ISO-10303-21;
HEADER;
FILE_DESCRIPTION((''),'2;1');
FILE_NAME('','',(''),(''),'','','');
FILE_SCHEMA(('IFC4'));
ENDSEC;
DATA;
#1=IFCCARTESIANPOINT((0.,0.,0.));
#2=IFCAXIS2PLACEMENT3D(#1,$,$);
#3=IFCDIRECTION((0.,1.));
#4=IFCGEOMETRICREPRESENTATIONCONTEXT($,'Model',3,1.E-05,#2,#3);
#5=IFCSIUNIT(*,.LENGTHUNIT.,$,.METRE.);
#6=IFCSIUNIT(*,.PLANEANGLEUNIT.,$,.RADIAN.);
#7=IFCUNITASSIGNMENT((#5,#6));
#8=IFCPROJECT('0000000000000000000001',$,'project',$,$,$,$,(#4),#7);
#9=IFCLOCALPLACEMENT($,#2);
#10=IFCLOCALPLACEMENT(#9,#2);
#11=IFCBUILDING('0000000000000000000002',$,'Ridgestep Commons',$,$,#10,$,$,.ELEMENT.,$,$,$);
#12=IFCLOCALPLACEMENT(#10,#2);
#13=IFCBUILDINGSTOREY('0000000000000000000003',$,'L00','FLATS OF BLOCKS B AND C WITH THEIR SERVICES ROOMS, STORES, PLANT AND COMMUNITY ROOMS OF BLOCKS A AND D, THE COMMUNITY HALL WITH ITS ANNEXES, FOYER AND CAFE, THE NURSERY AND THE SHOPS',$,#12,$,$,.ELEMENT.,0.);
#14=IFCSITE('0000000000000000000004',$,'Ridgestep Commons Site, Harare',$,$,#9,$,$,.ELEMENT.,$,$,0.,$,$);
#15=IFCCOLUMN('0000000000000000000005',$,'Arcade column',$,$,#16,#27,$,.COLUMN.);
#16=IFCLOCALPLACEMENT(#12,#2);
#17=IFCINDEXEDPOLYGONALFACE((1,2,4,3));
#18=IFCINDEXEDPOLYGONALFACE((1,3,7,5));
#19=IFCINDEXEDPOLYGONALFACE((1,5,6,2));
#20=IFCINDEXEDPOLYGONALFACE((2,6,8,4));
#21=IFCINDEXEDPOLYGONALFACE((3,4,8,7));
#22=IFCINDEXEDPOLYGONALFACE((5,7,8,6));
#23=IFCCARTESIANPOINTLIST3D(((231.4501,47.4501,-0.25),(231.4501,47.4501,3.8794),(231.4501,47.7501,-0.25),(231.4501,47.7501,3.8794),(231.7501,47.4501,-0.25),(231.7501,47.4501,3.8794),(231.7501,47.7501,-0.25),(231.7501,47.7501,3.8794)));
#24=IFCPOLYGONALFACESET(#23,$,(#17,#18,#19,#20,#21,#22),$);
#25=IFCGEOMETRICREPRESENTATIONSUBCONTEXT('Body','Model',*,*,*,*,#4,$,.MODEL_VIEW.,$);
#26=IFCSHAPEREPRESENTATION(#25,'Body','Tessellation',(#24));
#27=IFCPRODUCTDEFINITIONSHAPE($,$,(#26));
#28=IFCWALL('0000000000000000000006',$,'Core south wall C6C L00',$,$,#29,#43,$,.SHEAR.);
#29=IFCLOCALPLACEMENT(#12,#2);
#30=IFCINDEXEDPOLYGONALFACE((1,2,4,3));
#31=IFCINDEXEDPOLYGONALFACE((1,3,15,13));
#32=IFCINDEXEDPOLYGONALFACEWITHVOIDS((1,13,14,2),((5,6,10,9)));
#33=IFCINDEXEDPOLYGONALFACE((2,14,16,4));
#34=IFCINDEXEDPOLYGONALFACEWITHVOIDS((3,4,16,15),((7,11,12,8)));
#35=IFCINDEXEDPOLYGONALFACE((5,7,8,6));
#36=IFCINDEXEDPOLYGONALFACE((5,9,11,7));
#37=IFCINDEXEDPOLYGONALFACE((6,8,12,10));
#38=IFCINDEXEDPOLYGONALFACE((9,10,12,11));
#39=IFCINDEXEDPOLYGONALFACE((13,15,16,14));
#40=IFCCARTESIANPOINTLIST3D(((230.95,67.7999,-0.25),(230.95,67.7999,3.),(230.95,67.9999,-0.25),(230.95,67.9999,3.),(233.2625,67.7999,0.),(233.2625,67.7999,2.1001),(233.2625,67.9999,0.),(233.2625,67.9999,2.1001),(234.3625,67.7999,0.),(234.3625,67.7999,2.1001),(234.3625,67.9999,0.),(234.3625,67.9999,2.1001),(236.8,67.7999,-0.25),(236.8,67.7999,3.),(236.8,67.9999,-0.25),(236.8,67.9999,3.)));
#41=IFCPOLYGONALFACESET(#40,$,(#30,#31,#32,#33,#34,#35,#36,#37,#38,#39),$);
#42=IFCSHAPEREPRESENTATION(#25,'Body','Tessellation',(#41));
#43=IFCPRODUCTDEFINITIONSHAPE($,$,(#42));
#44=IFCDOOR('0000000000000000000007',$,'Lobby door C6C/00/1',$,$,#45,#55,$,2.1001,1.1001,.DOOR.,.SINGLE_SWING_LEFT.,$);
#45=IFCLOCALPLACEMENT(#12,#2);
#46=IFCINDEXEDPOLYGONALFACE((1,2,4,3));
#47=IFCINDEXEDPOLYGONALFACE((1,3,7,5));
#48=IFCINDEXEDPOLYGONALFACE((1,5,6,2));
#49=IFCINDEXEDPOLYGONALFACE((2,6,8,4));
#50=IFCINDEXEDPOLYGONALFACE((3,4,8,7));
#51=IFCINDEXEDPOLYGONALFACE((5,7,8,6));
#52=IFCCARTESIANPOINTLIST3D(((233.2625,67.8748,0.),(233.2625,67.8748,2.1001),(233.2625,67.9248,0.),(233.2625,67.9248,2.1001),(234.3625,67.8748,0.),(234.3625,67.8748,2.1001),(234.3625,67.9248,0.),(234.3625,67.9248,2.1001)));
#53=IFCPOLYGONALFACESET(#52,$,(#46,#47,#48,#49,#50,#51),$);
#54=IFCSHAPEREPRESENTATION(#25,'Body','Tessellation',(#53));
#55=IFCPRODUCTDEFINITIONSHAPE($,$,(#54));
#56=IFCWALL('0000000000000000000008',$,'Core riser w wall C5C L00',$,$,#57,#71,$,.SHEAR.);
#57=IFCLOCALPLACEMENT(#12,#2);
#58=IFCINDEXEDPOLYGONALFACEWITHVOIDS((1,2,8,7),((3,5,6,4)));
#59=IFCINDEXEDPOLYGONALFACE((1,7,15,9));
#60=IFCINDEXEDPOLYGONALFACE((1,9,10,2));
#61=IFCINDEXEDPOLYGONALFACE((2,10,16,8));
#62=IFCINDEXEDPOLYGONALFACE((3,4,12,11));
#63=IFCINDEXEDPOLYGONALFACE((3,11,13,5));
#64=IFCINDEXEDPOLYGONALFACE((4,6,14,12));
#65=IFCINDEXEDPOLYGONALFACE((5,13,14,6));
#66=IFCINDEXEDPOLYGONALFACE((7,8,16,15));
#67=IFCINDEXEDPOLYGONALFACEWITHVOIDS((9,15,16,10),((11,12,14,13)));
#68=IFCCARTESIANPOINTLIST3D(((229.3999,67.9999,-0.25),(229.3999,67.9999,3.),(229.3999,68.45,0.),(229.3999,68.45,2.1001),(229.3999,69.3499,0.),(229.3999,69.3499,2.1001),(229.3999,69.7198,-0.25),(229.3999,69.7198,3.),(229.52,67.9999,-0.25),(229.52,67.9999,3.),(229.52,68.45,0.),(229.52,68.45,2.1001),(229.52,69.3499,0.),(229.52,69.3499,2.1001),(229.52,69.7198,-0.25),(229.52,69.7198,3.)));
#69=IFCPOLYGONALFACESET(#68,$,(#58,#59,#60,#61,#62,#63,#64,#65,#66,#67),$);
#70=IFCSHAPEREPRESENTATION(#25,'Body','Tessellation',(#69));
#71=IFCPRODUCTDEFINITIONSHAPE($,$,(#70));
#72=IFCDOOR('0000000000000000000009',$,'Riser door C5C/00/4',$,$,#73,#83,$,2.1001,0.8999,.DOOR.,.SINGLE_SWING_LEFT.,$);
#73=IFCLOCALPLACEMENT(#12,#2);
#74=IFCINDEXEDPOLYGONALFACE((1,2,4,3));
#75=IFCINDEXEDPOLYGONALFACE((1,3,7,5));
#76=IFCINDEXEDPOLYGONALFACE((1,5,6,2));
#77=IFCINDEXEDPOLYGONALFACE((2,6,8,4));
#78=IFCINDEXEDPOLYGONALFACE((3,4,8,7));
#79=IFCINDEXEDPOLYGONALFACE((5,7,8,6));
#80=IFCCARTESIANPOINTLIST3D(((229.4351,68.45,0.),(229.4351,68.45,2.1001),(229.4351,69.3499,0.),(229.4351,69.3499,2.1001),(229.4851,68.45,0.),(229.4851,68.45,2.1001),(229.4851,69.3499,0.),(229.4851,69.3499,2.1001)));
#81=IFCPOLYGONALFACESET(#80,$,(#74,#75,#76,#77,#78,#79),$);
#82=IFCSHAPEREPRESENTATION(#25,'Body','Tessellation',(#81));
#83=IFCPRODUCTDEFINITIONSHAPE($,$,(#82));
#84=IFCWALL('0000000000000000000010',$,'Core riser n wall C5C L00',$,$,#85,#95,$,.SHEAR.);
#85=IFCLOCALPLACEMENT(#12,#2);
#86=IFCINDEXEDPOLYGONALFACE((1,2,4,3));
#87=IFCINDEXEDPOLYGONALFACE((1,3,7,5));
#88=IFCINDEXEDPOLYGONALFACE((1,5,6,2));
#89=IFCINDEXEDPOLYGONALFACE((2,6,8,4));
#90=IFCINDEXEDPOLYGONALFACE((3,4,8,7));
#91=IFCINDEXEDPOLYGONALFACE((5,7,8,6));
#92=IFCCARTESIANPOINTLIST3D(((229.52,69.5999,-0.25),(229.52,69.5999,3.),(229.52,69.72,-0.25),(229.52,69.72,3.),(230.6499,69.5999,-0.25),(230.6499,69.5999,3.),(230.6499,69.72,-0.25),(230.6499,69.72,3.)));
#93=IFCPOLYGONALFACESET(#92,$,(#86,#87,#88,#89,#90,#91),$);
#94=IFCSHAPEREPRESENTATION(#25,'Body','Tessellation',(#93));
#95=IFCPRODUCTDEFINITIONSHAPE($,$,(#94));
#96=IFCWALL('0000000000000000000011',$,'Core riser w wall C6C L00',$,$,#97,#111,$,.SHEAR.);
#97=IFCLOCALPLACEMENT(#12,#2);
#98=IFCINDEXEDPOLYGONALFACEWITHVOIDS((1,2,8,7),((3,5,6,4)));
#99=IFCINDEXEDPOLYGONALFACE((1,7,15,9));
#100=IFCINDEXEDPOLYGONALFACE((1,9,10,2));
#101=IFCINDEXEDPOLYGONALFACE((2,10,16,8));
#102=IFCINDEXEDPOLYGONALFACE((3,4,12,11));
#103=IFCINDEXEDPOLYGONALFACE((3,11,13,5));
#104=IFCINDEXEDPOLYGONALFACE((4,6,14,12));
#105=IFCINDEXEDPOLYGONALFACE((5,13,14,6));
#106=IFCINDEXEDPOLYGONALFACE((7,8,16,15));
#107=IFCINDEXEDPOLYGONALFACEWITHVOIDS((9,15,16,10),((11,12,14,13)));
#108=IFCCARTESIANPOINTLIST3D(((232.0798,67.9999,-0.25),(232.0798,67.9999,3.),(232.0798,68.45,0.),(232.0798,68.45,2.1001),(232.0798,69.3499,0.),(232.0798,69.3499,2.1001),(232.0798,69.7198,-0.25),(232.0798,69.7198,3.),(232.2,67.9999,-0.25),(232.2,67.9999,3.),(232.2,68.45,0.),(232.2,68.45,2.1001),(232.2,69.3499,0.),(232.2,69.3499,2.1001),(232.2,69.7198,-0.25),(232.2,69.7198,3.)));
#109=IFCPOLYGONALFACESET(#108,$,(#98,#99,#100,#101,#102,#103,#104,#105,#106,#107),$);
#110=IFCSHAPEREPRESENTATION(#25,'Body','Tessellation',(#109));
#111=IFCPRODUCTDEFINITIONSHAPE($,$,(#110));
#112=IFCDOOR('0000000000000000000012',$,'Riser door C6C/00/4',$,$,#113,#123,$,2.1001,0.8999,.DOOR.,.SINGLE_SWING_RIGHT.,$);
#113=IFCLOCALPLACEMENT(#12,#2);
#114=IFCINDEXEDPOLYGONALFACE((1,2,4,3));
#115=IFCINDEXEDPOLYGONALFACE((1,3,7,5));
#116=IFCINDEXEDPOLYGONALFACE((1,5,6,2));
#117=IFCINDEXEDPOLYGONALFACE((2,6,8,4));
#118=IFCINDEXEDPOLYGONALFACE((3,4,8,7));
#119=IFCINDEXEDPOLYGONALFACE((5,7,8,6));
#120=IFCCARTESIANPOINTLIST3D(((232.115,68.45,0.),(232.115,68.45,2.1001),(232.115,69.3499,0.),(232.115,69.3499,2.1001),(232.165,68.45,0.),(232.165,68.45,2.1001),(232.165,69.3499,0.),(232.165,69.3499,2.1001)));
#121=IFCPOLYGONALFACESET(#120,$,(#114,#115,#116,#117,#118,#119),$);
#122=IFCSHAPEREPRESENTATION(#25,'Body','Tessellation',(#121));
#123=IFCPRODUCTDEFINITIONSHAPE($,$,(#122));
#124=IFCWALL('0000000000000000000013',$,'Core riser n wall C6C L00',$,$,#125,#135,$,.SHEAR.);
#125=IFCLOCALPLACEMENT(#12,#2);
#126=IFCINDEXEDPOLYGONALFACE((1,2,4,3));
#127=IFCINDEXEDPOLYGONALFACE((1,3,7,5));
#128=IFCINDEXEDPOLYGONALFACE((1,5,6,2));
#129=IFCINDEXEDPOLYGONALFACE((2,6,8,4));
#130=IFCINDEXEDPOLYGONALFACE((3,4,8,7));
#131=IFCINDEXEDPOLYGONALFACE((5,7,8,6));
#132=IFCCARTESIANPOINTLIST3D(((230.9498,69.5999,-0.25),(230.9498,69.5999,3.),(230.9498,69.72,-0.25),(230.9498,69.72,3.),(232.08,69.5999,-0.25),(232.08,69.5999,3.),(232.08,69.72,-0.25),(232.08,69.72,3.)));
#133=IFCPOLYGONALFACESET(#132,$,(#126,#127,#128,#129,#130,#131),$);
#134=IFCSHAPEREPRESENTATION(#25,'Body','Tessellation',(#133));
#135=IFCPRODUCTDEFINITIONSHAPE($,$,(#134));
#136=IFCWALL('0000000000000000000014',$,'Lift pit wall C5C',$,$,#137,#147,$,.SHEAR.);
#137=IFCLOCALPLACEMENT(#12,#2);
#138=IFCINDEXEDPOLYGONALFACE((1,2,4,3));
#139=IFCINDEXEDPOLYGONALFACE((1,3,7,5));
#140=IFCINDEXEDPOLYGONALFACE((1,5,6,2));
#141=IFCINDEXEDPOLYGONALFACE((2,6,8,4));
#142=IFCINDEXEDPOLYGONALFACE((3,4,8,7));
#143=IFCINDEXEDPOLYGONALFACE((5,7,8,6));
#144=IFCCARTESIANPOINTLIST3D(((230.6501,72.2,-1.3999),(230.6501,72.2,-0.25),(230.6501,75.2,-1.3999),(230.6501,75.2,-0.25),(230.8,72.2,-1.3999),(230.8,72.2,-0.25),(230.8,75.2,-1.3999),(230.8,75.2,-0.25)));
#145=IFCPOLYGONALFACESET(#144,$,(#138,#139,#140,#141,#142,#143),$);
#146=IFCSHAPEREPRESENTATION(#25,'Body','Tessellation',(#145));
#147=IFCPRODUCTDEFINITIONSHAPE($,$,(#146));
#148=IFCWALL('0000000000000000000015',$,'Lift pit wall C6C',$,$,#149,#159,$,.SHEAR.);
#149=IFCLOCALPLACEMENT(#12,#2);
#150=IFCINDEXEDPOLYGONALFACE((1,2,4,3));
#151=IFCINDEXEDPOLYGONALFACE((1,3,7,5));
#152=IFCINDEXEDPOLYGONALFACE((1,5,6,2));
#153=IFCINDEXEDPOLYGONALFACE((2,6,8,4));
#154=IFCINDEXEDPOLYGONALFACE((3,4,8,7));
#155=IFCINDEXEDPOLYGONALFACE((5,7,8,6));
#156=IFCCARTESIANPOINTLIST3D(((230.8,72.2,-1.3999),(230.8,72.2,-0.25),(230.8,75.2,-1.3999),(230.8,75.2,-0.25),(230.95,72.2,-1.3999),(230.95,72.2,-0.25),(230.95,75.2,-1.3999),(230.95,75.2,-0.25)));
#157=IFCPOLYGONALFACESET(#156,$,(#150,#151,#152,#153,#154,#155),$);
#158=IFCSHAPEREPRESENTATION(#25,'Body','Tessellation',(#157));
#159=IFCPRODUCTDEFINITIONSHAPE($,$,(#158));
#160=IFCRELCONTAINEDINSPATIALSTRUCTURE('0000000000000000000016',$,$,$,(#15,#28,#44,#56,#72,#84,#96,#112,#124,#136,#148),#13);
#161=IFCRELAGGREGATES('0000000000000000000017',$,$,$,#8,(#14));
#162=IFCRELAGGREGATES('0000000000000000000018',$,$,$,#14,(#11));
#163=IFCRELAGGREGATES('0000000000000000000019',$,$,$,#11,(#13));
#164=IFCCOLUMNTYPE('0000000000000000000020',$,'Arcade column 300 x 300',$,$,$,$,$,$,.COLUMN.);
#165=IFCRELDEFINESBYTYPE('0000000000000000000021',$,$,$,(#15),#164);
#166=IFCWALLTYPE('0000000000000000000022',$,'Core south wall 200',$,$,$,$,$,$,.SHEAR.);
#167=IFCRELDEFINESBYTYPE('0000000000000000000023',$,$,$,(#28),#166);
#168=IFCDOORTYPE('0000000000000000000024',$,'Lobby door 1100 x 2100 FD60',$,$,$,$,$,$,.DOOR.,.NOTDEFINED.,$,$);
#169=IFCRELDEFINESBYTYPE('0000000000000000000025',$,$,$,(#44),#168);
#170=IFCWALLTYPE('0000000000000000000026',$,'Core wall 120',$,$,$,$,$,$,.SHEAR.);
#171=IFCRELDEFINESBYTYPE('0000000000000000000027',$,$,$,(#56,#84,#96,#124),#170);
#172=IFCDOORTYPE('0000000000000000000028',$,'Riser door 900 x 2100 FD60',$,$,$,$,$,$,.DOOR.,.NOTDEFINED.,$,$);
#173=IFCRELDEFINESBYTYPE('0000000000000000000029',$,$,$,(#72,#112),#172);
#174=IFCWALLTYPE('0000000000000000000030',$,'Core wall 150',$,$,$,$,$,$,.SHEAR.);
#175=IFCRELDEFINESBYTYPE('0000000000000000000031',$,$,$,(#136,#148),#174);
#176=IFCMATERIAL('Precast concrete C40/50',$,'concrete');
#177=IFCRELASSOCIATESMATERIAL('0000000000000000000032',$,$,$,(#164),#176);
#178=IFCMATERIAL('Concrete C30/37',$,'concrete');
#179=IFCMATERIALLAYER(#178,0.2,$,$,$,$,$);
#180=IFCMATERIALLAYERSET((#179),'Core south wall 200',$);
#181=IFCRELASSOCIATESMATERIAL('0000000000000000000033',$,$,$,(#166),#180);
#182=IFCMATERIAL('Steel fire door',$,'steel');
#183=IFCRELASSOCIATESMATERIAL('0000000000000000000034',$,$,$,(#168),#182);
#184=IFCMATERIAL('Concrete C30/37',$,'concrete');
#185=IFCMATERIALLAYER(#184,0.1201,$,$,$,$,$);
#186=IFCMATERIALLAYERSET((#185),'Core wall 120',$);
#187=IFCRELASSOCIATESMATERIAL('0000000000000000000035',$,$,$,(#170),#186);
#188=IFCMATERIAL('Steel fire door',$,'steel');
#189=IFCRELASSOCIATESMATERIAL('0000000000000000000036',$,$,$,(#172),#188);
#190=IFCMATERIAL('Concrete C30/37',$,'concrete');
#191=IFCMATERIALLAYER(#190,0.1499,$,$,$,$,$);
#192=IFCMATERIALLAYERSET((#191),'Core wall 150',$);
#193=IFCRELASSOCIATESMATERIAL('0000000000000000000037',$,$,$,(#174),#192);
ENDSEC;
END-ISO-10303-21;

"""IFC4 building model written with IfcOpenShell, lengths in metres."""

from ifc_helpers import new_model, si_unit, direction, frame, frame_2d, origin, origin_2d, place, context, subcontext, project, spatial, rectangle, extrude, material, layer, layer_set, material_profile, profile_set, type_object, element, fill, save


model = new_model("IFC4")

# Units and contexts
model_context = context("Model", 3, precision=1e-05, world=origin(), true_north=direction((0.0, 1.0)))
body_context = subcontext(model_context, "Body", "Model", "MODEL_VIEW")
ifc_project = project(units=[si_unit("LENGTHUNIT", "METRE"), si_unit("PLANEANGLEUNIT", "RADIAN")], contexts=[model_context])

# Site, building, storey
site_placement = place(None, origin())
site = spatial("IfcSite", under=ifc_project, at=site_placement, Name="Ridgestep Commons Site, Harare", CompositionType="ELEMENT", RefElevation=0.0)
building_placement = place(site_placement, origin())
building = spatial("IfcBuilding", under=site, at=building_placement, Name="Ridgestep Commons", CompositionType="ELEMENT")
storey_placement = place(building_placement, origin())
storey = spatial("IfcBuildingStorey", under=building, at=storey_placement, Name="L00", Description="FLATS OF BLOCKS B AND C WITH THEIR SERVICES ROOMS, STORES, PLANT AND COMMUNITY ROOMS OF BLOCKS A AND D, THE COMMUNITY HALL WITH ITS ANNEXES, FOYER AND CAFE, THE NURSERY AND THE SHOPS", CompositionType="ELEMENT", Elevation=0.0)

# Column
ifc_material_1 = material(Name="Precast concrete C40/50", Category="concrete")
ifc_material_profile = material_profile(ifc_material_1, rectangle(XDim=0.3, YDim=0.3, at=origin_2d()), Name="Arcade column 300 x 300")
ifc_profile_set = profile_set([ifc_material_profile], Name="Precast concrete C40/50")
column_type = type_object("IfcColumnType", Name="Arcade column 300 x 300", PredefinedType="COLUMN", material=ifc_profile_set)
column_placement = place(storey_placement, frame((231.6001, 47.6001, -0.25), z_axis=(0.0, 0.0, 1.0), x_axis=(1.0, 0.0, 0.0)))
element("IfcColumn", 1, at=column_placement, inside=storey, type_object=column_type, Name="Arcade column", PredefinedType="COLUMN", context=body_context, shape_type="SweptSolid", body=[
    extrude(rectangle(XDim=0.3, YDim=0.3, at=origin_2d()), origin(), (0.0, 0.0, 1.0), 4.1294),
])

# Walls, openings, doors
ifc_material_2 = material(Name="Concrete C30/37", Category="concrete")
ifc_layer_1 = layer(ifc_material_2, 0.2)
ifc_layer_set_1 = layer_set([ifc_layer_1], Name="Core south wall 200")
wall_type_1 = type_object("IfcWallType", Name="Core south wall 200", PredefinedType="SHEAR", material=ifc_layer_set_1)
wall_1_placement = place(storey_placement, frame((230.95, 67.8999, -0.25), z_axis=(0.0, 0.0, 1.0), x_axis=(1.0, 0.0, 0.0)))
wall_1 = element("IfcWall", 2, at=wall_1_placement, inside=storey, type_object=wall_type_1, Name="Core south wall C6C L00", PredefinedType="SHEAR", context=body_context, shape_type="SweptSolid", body=[
    extrude(rectangle(XDim=5.8501, YDim=0.2, at=frame_2d((2.925, 0.0))), origin(), (0.0, 0.0, 1.0), 3.25),
])
opening_1_placement = place(wall_1_placement, frame((2.3125, 0.0, 0.25)))
opening_1 = element("IfcOpeningElement", 3, at=opening_1_placement, cuts=wall_1, PredefinedType="OPENING", context=body_context, shape_type="SweptSolid", body=[
    extrude(rectangle(XDim=1.1001, YDim=2.1001, at=frame_2d((0.55, 1.05))), frame((0.0, 0.1099, 0.0), z_axis=(0.0, -1.0, 0.0), x_axis=(1.0, 0.0, 0.0)), (0.0, 0.0, 1.0), 0.22),
])
ifc_material_3 = material(Name="Steel fire door", Category="steel")
door_type_1 = type_object("IfcDoorType", Name="Lobby door 1100 x 2100 FD60", OperationType="NOTDEFINED", PredefinedType="DOOR", material=ifc_material_3)
door_1_placement = place(opening_1_placement, origin())
door_1 = element("IfcDoor", 4, at=door_1_placement, inside=storey, type_object=door_type_1, Name="Lobby door C6C/00/1", OperationType="SINGLE_SWING_LEFT", OverallHeight=2.1001, OverallWidth=1.1001, PredefinedType="DOOR", context=body_context, shape_type="SweptSolid", body=[
    extrude(rectangle(XDim=1.1001, YDim=2.1001, at=frame_2d((0.55, 1.05))), frame((0.0, 0.0249, 0.0), z_axis=(0.0, -1.0, 0.0), x_axis=(1.0, 0.0, 0.0)), (0.0, 0.0, 1.0), 0.05),
])
fill(opening_1, door_1)
ifc_material_4 = material(Name="Concrete C30/37", Category="concrete")
ifc_layer_2 = layer(ifc_material_4, 0.1201)
ifc_layer_set_2 = layer_set([ifc_layer_2], Name="Core wall 120")
wall_type_2 = type_object("IfcWallType", Name="Core wall 120", PredefinedType="SHEAR", material=ifc_layer_set_2)
wall_2_placement = place(storey_placement, frame((229.46, 68.0, -0.25), z_axis=(0.0, 0.0, 1.0), x_axis=(0.0, 1.0, 0.0)))
wall_2 = element("IfcWall", 5, at=wall_2_placement, inside=storey, type_object=wall_type_2, Name="Core riser w wall C5C L00", PredefinedType="SHEAR", context=body_context, shape_type="SweptSolid", body=[
    extrude(rectangle(XDim=1.72, YDim=0.1201, at=frame_2d((0.8599, 0.0))), origin(), (0.0, 0.0, 1.0), 3.25),
])
opening_2_placement = place(wall_2_placement, frame((0.45, 0.0, 0.25)))
opening_2 = element("IfcOpeningElement", 6, at=opening_2_placement, cuts=wall_2, PredefinedType="OPENING", context=body_context, shape_type="SweptSolid", body=[
    extrude(rectangle(XDim=0.8999, YDim=2.1001, at=frame_2d((0.45, 1.05))), frame((0.0, 0.0701, 0.0), z_axis=(0.0, -1.0, 0.0), x_axis=(1.0, 0.0, 0.0)), (0.0, 0.0, 1.0), 0.1401),
])
ifc_material_5 = material(Name="Steel fire door", Category="steel")
door_type_2 = type_object("IfcDoorType", Name="Riser door 900 x 2100 FD60", OperationType="NOTDEFINED", PredefinedType="DOOR", material=ifc_material_5)
door_2_placement = place(opening_2_placement, origin())
door_2 = element("IfcDoor", 7, at=door_2_placement, inside=storey, type_object=door_type_2, Name="Riser door C5C/00/4", OperationType="SINGLE_SWING_LEFT", OverallHeight=2.1001, OverallWidth=0.8999, PredefinedType="DOOR", context=body_context, shape_type="SweptSolid", body=[
    extrude(rectangle(XDim=0.8999, YDim=2.1001, at=frame_2d((0.45, 1.05))), frame((0.0, 0.0249, 0.0), z_axis=(0.0, -1.0, 0.0), x_axis=(1.0, 0.0, 0.0)), (0.0, 0.0, 1.0), 0.05),
])
fill(opening_2, door_2)

# Wall
wall_3_placement = place(storey_placement, frame((229.52, 69.6599, -0.25), z_axis=(0.0, 0.0, 1.0), x_axis=(1.0, 0.0, 0.0)))
element("IfcWall", 8, at=wall_3_placement, inside=storey, type_object=wall_type_2, Name="Core riser n wall C5C L00", PredefinedType="SHEAR", context=body_context, shape_type="SweptSolid", body=[
    extrude(rectangle(XDim=1.1299, YDim=0.1201, at=frame_2d((0.5649, 0.0))), origin(), (0.0, 0.0, 1.0), 3.25),
])

# Wall, opening, door
wall_4_placement = place(storey_placement, frame((232.1399, 68.0, -0.25), z_axis=(0.0, 0.0, 1.0), x_axis=(0.0, 1.0, 0.0)))
wall_4 = element("IfcWall", 9, at=wall_4_placement, inside=storey, type_object=wall_type_2, Name="Core riser w wall C6C L00", PredefinedType="SHEAR", context=body_context, shape_type="SweptSolid", body=[
    extrude(rectangle(XDim=1.72, YDim=0.1201, at=frame_2d((0.8599, 0.0))), origin(), (0.0, 0.0, 1.0), 3.25),
])
opening_3_placement = place(wall_4_placement, frame((0.45, 0.0, 0.25)))
opening_3 = element("IfcOpeningElement", 10, at=opening_3_placement, cuts=wall_4, PredefinedType="OPENING", context=body_context, shape_type="SweptSolid", body=[
    extrude(rectangle(XDim=0.8999, YDim=2.1001, at=frame_2d((0.45, 1.05))), frame((0.0, 0.0701, 0.0), z_axis=(0.0, -1.0, 0.0), x_axis=(1.0, 0.0, 0.0)), (0.0, 0.0, 1.0), 0.1401),
])
door_3_placement = place(opening_3_placement, origin())
door_3 = element("IfcDoor", 11, at=door_3_placement, inside=storey, type_object=door_type_2, Name="Riser door C6C/00/4", OperationType="SINGLE_SWING_RIGHT", OverallHeight=2.1001, OverallWidth=0.8999, PredefinedType="DOOR", context=body_context, shape_type="SweptSolid", body=[
    extrude(rectangle(XDim=0.8999, YDim=2.1001, at=frame_2d((0.45, 1.05))), frame((0.0, 0.0249, 0.0), z_axis=(0.0, -1.0, 0.0), x_axis=(1.0, 0.0, 0.0)), (0.0, 0.0, 1.0), 0.05),
])
fill(opening_3, door_3)

# Walls
wall_5_placement = place(storey_placement, frame((230.95, 69.6599, -0.25), z_axis=(0.0, 0.0, 1.0), x_axis=(1.0, 0.0, 0.0)))
element("IfcWall", 12, at=wall_5_placement, inside=storey, type_object=wall_type_2, Name="Core riser n wall C6C L00", PredefinedType="SHEAR", context=body_context, shape_type="SweptSolid", body=[
    extrude(rectangle(XDim=1.1301, YDim=0.1201, at=frame_2d((0.5649, 0.0))), origin(), (0.0, 0.0, 1.0), 3.25),
])
ifc_material_6 = material(Name="Concrete C30/37", Category="concrete")
ifc_layer_3 = layer(ifc_material_6, 0.1499)
ifc_layer_set_3 = layer_set([ifc_layer_3], Name="Core wall 150")
wall_type_3 = type_object("IfcWallType", Name="Core wall 150", PredefinedType="SHEAR", material=ifc_layer_set_3)
for number, where, z_axis, x_axis, name in (
    (13, (230.7251, 72.2, -1.3999), (0.0, 0.0, 1.0), (0.0, 1.0, 0.0), "Lift pit wall C5C"),
    (14, (230.875, 72.2, -1.3999), (0.0, 0.0, 1.0), (0.0, 1.0, 0.0), "Lift pit wall C6C"),
):
    element("IfcWall", number, at=place(storey_placement, frame(where, z_axis=z_axis, x_axis=x_axis)), inside=storey, type_object=wall_type_3, Name=name, PredefinedType="SHEAR", context=body_context, shape_type="SweptSolid", body=[
        extrude(rectangle(XDim=3.0, YDim=0.1499, at=frame_2d((1.5, 0.0))), origin(), (0.0, 0.0, 1.0), 1.1499),
    ])

save(model, "model.ifc")
